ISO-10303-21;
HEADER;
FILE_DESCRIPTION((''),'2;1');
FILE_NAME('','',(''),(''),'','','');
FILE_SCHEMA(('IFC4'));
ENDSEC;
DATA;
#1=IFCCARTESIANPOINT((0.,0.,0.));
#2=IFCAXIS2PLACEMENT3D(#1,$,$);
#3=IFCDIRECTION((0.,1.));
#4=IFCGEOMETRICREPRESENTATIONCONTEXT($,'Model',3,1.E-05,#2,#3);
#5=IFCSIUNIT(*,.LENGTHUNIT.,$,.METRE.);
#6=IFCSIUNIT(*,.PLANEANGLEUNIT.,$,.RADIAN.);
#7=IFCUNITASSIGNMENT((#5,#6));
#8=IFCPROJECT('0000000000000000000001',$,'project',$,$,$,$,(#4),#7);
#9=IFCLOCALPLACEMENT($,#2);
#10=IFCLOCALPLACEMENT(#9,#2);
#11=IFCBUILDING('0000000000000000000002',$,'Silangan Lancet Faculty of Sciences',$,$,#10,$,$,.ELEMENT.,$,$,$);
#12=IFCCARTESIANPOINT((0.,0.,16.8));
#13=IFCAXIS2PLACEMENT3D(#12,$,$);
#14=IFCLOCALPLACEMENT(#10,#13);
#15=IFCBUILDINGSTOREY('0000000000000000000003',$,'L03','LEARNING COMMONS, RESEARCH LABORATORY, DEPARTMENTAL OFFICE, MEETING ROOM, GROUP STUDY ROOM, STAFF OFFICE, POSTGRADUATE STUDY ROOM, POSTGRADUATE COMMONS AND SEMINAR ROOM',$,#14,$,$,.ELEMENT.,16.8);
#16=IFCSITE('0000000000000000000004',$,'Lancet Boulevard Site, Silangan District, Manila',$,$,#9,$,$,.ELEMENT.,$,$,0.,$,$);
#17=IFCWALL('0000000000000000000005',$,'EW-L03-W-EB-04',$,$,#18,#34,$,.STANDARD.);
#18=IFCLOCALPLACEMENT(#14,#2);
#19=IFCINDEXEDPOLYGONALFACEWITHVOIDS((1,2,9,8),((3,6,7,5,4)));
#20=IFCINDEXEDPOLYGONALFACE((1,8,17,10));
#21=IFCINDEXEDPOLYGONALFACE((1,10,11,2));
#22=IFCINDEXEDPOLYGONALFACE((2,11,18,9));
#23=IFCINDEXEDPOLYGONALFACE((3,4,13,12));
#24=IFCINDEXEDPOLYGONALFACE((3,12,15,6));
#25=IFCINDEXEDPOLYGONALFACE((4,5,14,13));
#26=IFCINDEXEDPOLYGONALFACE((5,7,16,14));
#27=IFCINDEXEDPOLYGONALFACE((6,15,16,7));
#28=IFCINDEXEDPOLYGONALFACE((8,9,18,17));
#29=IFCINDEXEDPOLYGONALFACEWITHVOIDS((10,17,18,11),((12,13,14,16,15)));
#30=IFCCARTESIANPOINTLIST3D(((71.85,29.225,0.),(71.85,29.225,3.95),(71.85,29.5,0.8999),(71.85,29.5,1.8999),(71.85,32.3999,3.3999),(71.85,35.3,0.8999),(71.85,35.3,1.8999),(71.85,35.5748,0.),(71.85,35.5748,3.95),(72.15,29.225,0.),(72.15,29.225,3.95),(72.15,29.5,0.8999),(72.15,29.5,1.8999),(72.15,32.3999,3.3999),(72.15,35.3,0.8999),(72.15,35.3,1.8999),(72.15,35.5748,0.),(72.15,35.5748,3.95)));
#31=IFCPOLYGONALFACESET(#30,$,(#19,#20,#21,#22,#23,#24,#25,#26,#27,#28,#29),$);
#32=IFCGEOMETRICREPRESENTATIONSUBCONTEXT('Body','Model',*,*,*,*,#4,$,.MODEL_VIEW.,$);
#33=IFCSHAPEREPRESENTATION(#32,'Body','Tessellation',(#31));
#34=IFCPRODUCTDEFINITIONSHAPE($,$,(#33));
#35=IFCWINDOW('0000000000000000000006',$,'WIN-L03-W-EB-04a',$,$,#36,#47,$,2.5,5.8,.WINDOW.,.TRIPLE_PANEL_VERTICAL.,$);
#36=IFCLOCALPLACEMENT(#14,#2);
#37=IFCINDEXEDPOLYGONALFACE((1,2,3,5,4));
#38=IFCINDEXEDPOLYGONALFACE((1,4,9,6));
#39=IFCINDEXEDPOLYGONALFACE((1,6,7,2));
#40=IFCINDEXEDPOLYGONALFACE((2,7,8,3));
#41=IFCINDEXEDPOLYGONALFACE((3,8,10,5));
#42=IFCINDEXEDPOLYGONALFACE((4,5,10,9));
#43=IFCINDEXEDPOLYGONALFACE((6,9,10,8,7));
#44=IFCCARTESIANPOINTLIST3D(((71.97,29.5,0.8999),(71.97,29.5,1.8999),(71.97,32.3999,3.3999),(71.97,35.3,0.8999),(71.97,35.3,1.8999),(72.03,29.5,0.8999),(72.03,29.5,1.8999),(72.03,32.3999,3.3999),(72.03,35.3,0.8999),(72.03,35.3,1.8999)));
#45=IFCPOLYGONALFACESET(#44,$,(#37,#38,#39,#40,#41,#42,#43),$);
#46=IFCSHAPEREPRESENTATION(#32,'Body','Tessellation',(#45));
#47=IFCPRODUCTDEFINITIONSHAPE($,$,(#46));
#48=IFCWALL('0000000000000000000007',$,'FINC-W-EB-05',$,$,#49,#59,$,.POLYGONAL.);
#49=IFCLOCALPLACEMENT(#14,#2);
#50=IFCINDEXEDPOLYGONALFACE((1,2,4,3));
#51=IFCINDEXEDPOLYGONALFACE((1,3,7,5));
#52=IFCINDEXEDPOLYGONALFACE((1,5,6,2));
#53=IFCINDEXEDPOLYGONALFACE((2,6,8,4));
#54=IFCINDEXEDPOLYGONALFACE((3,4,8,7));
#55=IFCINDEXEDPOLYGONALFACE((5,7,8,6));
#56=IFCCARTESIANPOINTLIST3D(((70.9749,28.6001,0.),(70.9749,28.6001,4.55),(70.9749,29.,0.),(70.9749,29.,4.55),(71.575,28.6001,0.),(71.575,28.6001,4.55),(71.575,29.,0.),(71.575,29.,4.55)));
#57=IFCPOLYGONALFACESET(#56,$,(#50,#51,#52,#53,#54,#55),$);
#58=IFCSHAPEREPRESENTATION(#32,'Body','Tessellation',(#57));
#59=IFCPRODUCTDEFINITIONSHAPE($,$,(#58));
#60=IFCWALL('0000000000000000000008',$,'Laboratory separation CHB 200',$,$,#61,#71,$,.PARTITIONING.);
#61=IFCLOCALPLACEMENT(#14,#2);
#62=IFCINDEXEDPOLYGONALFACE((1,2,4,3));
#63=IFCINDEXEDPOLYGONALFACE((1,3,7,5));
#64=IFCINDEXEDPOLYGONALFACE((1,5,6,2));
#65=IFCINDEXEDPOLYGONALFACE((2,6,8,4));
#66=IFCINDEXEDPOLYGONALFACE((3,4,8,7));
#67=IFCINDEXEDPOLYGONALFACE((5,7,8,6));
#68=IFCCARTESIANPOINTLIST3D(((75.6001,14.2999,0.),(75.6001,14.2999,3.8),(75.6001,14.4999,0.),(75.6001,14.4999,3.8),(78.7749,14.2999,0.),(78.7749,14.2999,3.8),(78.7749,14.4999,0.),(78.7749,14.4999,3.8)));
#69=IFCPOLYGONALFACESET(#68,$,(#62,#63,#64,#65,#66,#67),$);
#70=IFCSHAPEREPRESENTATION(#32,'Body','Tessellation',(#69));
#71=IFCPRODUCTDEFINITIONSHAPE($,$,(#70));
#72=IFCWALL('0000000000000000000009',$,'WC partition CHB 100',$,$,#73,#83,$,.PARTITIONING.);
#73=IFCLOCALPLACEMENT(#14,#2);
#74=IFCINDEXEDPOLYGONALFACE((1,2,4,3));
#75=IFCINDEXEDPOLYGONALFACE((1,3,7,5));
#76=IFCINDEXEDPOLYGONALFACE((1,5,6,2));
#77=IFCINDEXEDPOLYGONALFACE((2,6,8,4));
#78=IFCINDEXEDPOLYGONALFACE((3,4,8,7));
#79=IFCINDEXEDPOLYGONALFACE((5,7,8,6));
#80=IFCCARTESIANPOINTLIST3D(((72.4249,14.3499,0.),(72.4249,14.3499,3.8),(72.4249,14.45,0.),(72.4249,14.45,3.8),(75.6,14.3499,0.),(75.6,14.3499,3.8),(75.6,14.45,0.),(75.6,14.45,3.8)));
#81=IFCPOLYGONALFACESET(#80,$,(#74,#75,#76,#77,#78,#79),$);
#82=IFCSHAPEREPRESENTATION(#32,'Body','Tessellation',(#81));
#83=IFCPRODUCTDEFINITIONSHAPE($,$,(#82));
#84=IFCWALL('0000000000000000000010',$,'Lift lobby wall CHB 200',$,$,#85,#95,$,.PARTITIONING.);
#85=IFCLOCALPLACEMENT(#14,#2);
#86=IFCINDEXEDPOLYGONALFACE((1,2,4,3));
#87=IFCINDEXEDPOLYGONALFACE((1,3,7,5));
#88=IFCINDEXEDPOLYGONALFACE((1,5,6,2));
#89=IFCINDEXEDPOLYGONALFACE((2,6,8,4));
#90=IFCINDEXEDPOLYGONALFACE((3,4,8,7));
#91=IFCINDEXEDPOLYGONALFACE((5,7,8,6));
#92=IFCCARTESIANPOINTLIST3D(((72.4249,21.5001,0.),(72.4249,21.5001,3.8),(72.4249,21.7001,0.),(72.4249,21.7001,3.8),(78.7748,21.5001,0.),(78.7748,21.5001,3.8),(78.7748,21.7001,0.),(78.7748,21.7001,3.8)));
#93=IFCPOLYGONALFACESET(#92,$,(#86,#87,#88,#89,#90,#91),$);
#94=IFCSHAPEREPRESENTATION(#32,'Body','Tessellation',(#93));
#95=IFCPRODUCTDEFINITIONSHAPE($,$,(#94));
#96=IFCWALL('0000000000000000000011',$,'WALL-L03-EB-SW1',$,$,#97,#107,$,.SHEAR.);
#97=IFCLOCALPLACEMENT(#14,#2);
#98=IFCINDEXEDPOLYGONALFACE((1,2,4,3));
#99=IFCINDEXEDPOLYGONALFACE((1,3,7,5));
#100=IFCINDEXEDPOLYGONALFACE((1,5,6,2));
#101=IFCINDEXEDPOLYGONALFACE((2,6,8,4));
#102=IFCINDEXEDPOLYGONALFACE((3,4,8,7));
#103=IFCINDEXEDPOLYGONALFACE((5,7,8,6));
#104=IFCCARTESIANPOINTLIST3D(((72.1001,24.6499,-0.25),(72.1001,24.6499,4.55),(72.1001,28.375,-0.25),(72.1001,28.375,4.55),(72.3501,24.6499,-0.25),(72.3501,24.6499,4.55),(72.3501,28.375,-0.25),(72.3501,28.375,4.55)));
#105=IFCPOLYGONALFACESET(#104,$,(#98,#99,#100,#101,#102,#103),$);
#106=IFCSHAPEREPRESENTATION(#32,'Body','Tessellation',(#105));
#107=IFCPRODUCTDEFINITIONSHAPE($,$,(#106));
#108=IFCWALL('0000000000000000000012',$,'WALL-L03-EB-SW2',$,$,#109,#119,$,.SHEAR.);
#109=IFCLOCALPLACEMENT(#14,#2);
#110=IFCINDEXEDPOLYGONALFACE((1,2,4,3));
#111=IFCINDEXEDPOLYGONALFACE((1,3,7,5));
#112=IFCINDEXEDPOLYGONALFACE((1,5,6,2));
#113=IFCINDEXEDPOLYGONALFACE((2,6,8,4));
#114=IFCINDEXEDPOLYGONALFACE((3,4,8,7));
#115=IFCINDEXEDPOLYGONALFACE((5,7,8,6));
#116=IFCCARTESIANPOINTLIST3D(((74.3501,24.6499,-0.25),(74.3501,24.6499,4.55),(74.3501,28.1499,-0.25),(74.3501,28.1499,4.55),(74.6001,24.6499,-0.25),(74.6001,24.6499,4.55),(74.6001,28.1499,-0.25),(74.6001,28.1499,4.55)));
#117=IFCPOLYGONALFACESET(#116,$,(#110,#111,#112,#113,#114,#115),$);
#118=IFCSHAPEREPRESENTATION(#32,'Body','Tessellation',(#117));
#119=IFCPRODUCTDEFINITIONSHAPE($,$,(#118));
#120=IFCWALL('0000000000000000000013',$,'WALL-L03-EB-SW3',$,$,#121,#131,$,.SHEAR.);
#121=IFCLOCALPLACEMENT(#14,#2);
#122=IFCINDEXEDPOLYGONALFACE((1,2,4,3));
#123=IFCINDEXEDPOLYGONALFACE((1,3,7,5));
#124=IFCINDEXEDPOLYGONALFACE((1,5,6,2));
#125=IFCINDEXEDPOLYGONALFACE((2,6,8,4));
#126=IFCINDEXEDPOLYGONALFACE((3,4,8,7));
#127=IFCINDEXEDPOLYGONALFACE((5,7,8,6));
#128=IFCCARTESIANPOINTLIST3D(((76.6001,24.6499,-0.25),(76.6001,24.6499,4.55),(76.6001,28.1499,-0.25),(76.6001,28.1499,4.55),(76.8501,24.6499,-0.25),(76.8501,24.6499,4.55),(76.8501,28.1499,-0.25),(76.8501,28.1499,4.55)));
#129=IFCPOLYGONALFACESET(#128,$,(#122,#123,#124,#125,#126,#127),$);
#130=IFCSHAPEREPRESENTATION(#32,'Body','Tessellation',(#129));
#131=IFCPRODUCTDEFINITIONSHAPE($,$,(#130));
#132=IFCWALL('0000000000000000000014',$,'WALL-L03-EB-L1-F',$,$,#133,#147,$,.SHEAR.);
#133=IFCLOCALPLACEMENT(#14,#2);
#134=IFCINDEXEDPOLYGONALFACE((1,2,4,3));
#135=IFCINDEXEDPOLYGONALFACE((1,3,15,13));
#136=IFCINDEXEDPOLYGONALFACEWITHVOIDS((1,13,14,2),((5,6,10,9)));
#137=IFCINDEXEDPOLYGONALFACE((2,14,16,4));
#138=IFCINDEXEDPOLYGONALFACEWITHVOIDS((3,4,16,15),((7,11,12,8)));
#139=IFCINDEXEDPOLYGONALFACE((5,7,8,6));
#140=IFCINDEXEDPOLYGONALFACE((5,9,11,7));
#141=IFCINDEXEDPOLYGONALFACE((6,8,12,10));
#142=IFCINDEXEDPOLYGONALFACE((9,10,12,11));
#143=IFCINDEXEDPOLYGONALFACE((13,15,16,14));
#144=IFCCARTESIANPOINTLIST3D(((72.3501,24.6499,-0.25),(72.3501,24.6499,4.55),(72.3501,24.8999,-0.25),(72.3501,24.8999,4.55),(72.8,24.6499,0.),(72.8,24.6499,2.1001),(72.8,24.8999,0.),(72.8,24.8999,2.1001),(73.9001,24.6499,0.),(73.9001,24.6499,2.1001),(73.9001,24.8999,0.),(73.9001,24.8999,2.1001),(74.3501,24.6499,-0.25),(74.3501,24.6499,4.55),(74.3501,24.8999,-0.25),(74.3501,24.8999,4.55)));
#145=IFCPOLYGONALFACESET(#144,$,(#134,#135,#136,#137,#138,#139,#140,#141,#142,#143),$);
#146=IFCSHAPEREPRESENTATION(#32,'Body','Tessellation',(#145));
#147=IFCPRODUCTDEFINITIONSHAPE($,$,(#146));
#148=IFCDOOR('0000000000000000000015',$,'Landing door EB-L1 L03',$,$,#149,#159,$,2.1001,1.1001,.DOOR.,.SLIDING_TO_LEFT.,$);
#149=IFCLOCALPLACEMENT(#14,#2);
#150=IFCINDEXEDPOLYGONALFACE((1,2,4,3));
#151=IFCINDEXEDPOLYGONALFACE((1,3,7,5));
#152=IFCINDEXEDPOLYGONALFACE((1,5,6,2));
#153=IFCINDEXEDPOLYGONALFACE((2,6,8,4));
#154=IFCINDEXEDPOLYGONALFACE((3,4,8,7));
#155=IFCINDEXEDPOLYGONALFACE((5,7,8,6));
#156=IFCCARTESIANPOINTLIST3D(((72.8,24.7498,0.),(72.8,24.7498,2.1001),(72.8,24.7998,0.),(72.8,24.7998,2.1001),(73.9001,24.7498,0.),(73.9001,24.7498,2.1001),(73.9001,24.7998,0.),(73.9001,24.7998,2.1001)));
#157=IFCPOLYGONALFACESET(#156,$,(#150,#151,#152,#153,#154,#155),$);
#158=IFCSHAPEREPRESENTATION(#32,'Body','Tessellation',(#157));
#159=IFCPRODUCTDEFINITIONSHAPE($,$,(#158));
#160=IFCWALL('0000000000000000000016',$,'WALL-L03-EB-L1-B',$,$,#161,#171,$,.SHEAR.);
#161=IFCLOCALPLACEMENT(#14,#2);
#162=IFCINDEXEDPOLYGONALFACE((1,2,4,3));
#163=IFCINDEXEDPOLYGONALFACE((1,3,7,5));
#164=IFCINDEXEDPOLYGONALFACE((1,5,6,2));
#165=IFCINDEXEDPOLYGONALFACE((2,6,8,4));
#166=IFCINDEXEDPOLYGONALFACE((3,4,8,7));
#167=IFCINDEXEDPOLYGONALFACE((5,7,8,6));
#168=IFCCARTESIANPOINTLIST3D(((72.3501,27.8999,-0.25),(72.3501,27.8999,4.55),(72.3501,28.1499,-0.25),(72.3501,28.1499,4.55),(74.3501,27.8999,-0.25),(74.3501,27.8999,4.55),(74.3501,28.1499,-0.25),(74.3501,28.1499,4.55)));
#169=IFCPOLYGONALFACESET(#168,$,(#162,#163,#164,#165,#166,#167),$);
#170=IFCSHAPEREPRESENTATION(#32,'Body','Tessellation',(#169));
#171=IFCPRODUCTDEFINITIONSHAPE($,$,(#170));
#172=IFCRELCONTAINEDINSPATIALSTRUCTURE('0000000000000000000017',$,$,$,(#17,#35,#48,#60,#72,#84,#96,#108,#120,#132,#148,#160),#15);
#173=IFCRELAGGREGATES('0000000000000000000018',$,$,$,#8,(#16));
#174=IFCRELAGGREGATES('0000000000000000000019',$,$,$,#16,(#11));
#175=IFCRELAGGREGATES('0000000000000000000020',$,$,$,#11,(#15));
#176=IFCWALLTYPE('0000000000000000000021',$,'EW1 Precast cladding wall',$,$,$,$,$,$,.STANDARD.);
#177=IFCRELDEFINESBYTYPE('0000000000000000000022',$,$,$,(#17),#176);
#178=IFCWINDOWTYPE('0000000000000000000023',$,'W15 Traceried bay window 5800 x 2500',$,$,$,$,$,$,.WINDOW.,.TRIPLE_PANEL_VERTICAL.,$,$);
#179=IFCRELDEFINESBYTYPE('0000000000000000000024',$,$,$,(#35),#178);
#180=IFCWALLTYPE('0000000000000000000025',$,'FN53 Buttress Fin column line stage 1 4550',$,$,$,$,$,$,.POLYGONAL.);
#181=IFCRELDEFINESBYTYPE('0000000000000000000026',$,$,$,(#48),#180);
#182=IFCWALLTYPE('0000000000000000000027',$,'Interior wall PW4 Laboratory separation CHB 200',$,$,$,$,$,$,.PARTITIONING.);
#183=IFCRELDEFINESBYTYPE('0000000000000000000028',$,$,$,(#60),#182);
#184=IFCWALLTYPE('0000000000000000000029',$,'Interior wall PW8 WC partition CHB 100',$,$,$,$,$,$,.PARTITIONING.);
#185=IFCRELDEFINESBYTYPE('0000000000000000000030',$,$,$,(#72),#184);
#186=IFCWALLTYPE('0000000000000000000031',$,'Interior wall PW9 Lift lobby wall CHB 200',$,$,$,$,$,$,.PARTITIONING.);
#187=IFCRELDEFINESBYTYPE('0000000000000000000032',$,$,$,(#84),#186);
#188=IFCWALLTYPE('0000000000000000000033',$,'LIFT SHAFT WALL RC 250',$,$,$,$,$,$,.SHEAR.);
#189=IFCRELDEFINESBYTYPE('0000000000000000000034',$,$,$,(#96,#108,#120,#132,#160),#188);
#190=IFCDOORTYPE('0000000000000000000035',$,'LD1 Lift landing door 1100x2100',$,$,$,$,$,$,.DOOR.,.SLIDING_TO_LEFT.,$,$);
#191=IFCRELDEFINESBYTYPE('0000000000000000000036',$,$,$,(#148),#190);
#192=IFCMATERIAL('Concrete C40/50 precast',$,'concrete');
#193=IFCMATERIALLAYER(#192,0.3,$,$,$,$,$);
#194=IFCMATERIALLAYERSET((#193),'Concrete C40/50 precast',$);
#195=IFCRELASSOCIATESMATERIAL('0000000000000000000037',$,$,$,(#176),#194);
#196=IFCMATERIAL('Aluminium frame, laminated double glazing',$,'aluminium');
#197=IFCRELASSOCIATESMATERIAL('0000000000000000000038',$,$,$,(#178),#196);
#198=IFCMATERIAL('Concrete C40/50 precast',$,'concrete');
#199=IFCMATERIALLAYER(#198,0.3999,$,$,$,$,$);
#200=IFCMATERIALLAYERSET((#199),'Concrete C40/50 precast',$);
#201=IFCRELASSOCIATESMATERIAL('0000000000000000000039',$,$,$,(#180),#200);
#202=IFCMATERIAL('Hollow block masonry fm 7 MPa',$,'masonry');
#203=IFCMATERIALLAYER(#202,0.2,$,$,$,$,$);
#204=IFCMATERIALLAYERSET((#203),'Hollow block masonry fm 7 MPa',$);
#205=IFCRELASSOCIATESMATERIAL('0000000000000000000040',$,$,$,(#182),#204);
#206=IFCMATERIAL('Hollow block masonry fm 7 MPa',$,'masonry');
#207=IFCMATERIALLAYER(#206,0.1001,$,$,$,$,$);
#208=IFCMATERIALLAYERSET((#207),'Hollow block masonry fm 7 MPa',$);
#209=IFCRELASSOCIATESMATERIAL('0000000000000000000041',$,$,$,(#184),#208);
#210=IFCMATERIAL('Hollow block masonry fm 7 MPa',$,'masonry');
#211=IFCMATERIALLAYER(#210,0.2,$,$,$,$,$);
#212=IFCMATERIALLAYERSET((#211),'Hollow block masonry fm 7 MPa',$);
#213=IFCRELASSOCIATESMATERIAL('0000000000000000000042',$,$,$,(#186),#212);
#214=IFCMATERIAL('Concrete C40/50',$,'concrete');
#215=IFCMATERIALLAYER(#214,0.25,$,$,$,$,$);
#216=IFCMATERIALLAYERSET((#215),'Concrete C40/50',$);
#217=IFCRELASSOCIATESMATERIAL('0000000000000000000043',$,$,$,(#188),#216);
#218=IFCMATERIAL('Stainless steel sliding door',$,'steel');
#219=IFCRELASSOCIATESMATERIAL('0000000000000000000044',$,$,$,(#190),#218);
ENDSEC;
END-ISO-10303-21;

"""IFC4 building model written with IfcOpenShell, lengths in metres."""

from ifc_helpers import new_model, si_unit, direction, frame, frame_2d, origin, place, context, subcontext, project, spatial, polyline, rectangle, outline, extrude, material, layer, layer_set, type_object, element, fill, save


model = new_model("IFC4")

# Units and contexts
model_context = context("Model", 3, precision=1e-05, world=origin(), true_north=direction((0.0, 1.0)))
body_context = subcontext(model_context, "Body", "Model", "MODEL_VIEW")
ifc_project = project(units=[si_unit("LENGTHUNIT", "METRE"), si_unit("PLANEANGLEUNIT", "RADIAN")], contexts=[model_context])

# Site, building, storey
site_placement = place(None, origin())
site = spatial("IfcSite", under=ifc_project, at=site_placement, Name="Lancet Boulevard Site, Silangan District, Manila", CompositionType="ELEMENT", RefElevation=0.0)
building_placement = place(site_placement, origin())
building = spatial("IfcBuilding", under=site, at=building_placement, Name="Silangan Lancet Faculty of Sciences", CompositionType="ELEMENT")
storey_placement = place(building_placement, frame((0.0, 0.0, 16.8)))
storey = spatial("IfcBuildingStorey", under=building, at=storey_placement, Name="L03", Description="LEARNING COMMONS, RESEARCH LABORATORY, DEPARTMENTAL OFFICE, MEETING ROOM, GROUP STUDY ROOM, STAFF OFFICE, POSTGRADUATE STUDY ROOM, POSTGRADUATE COMMONS AND SEMINAR ROOM", CompositionType="ELEMENT", Elevation=16.8)

# Shared definitions
ifc_material_1 = material(Name="Concrete C40/50 precast", Category="concrete")
ifc_layer_1 = layer(ifc_material_1, 0.3)
ifc_layer_set_1 = layer_set([ifc_layer_1], Name="Concrete C40/50 precast")
wall_type_1 = type_object("IfcWallType", Name="EW1 Precast cladding wall", PredefinedType="STANDARD", material=ifc_layer_set_1)
ifc_material_2 = material(Name="Aluminium frame, laminated double glazing", Category="aluminium")
window_type = type_object("IfcWindowType", Name="W15 Traceried bay window 5800 x 2500", PartitioningType="TRIPLE_PANEL_VERTICAL", PredefinedType="WINDOW", material=ifc_material_2)

# Wall, opening, window
wall_1_placement = place(storey_placement, frame((72.0, 29.2251, 0.0), z_axis=(0.0, 0.0, 1.0), x_axis=(0.0, 1.0, 0.0)))
wall_1 = element("IfcWall", 1, at=wall_1_placement, inside=storey, type_object=wall_type_1, Name="EW-L03-W-EB-04", PredefinedType="STANDARD", context=body_context, shape_type="SweptSolid", body=[
    extrude(rectangle(XDim=6.3499, YDim=0.3, at=frame_2d((3.1748, 0.0))), origin(), (0.0, 0.0, 1.0), 3.95),
])
opening_1_placement = place(wall_1_placement, frame((0.2749, 0.0, 0.8999)))
opening_1 = element("IfcOpeningElement", 2, at=opening_1_placement, cuts=wall_1, PredefinedType="OPENING", context=body_context, shape_type="SweptSolid", body=[
    extrude(outline(polyline([(0.0, 0.0), (5.8, 0.0), (5.8, 1.0), (2.8999, 2.5), (0.0, 1.0), (0.0, 0.0)])), frame((0.0, 0.1599, 0.0), z_axis=(0.0, -1.0, 0.0), x_axis=(1.0, 0.0, 0.0)), (0.0, 0.0, 1.0), 0.3201),
])
window_1_placement = place(opening_1_placement, origin())
window_1 = element("IfcWindow", 3, at=window_1_placement, inside=storey, type_object=window_type, Name="WIN-L03-W-EB-04a", OverallHeight=2.5, OverallWidth=5.8, PartitioningType="TRIPLE_PANEL_VERTICAL", PredefinedType="WINDOW", context=body_context, shape_type="SweptSolid", body=[
    extrude(outline(polyline([(0.0, 0.0), (5.8, 0.0), (5.8, 1.0), (2.8999, 2.5), (0.0, 1.0), (0.0, 0.0)])), frame((0.0, 0.03, 0.0), z_axis=(0.0, -1.0, 0.0), x_axis=(1.0, 0.0, 0.0)), (0.0, 0.0, 1.0), 0.0601),
])
fill(opening_1, window_1)

# Walls
ifc_material_3 = material(Name="Concrete C40/50 precast", Category="concrete")
ifc_layer_2 = layer(ifc_material_3, 0.3999)
ifc_layer_set_2 = layer_set([ifc_layer_2], Name="Concrete C40/50 precast")
wall_type_2 = type_object("IfcWallType", Name="FN53 Buttress Fin column line stage 1 4550", PredefinedType="POLYGONAL", material=ifc_layer_set_2)
wall_2_placement = place(storey_placement, frame((71.575, 28.8, 0.0), z_axis=(0.0, 0.0, 1.0), x_axis=(-1.0, 0.0, 0.0)))
element("IfcWall", 4, at=wall_2_placement, inside=storey, type_object=wall_type_2, Name="FINC-W-EB-05", PredefinedType="POLYGONAL", context=body_context, shape_type="SweptSolid", body=[
    extrude(outline(polyline([(0.6001, 0.0), (0.6001, 4.55), (0.0, 4.55), (0.0, 0.0), (0.6001, 0.0)])), frame((0.0, 0.2, 0.0), z_axis=(0.0, -1.0, 0.0), x_axis=(1.0, 0.0, 0.0)), (0.0, 0.0, 1.0), 0.3999),
])
ifc_material_4 = material(Name="Hollow block masonry fm 7 MPa", Category="masonry")
ifc_layer_3 = layer(ifc_material_4, 0.2)
ifc_layer_set_3 = layer_set([ifc_layer_3], Name="Hollow block masonry fm 7 MPa")
wall_type_3 = type_object("IfcWallType", Name="Interior wall PW4 Laboratory separation CHB 200", PredefinedType="PARTITIONING", material=ifc_layer_set_3)
wall_3_placement = place(storey_placement, frame((75.6001, 14.3999, 0.0), z_axis=(0.0, 0.0, 1.0), x_axis=(1.0, 0.0, 0.0)))
element("IfcWall", 5, at=wall_3_placement, inside=storey, type_object=wall_type_3, Name="Laboratory separation CHB 200", PredefinedType="PARTITIONING", context=body_context, shape_type="SweptSolid", body=[
    extrude(rectangle(XDim=3.1748, YDim=0.2, at=frame_2d((1.5874, 0.0))), origin(), (0.0, 0.0, 1.0), 3.8),
])
ifc_material_5 = material(Name="Hollow block masonry fm 7 MPa", Category="masonry")
ifc_layer_4 = layer(ifc_material_5, 0.1001)
ifc_layer_set_4 = layer_set([ifc_layer_4], Name="Hollow block masonry fm 7 MPa")
wall_type_4 = type_object("IfcWallType", Name="Interior wall PW8 WC partition CHB 100", PredefinedType="PARTITIONING", material=ifc_layer_set_4)
wall_4_placement = place(storey_placement, frame((72.425, 14.3999, 0.0), z_axis=(0.0, 0.0, 1.0), x_axis=(1.0, 0.0, 0.0)))
element("IfcWall", 6, at=wall_4_placement, inside=storey, type_object=wall_type_4, Name="WC partition CHB 100", PredefinedType="PARTITIONING", context=body_context, shape_type="SweptSolid", body=[
    extrude(rectangle(XDim=3.175, YDim=0.1001, at=frame_2d((1.5874, 0.0))), origin(), (0.0, 0.0, 1.0), 3.8),
])
ifc_material_6 = material(Name="Hollow block masonry fm 7 MPa", Category="masonry")
ifc_layer_5 = layer(ifc_material_6, 0.2)
ifc_layer_set_5 = layer_set([ifc_layer_5], Name="Hollow block masonry fm 7 MPa")
wall_type_5 = type_object("IfcWallType", Name="Interior wall PW9 Lift lobby wall CHB 200", PredefinedType="PARTITIONING", material=ifc_layer_set_5)
wall_5_placement = place(storey_placement, frame((72.425, 21.6001, 0.0), z_axis=(0.0, 0.0, 1.0), x_axis=(1.0, 0.0, 0.0)))
element("IfcWall", 7, at=wall_5_placement, inside=storey, type_object=wall_type_5, Name="Lift lobby wall CHB 200", PredefinedType="PARTITIONING", context=body_context, shape_type="SweptSolid", body=[
    extrude(rectangle(XDim=6.3499, YDim=0.2, at=frame_2d((3.1748, 0.0))), origin(), (0.0, 0.0, 1.0), 3.8),
])
ifc_material_7 = material(Name="Concrete C40/50", Category="concrete")
ifc_layer_6 = layer(ifc_material_7, 0.25)
ifc_layer_set_6 = layer_set([ifc_layer_6], Name="Concrete C40/50")
wall_type_6 = type_object("IfcWallType", Name="LIFT SHAFT WALL RC 250", PredefinedType="SHEAR", material=ifc_layer_set_6)
wall_6_placement = place(storey_placement, frame((72.2251, 24.6499, -0.25), z_axis=(0.0, 0.0, 1.0), x_axis=(0.0, 1.0, 0.0)))
element("IfcWall", 8, at=wall_6_placement, inside=storey, type_object=wall_type_6, Name="WALL-L03-EB-SW1", PredefinedType="SHEAR", context=body_context, shape_type="SweptSolid", body=[
    extrude(rectangle(XDim=3.7251, YDim=0.25, at=frame_2d((1.8625, 0.0))), origin(), (0.0, 0.0, 1.0), 4.8),
])
for number, where, z_axis, x_axis, name in (
    (9, (74.4751, 24.6499, -0.25), (0.0, 0.0, 1.0), (0.0, 1.0, 0.0), "WALL-L03-EB-SW2"),
    (10, (76.7251, 24.6499, -0.25), (0.0, 0.0, 1.0), (0.0, 1.0, 0.0), "WALL-L03-EB-SW3"),
):
    element("IfcWall", number, at=place(storey_placement, frame(where, z_axis=z_axis, x_axis=x_axis)), inside=storey, type_object=wall_type_6, Name=name, PredefinedType="SHEAR", context=body_context, shape_type="SweptSolid", body=[
        extrude(rectangle(XDim=3.5, YDim=0.25, at=frame_2d((1.75, 0.0))), origin(), (0.0, 0.0, 1.0), 4.8),
    ])

# Wall, opening, door
wall_7_placement = place(storey_placement, frame((72.3501, 24.7749, -0.25), z_axis=(0.0, 0.0, 1.0), x_axis=(1.0, 0.0, 0.0)))
wall_7 = element("IfcWall", 11, at=wall_7_placement, inside=storey, type_object=wall_type_6, Name="WALL-L03-EB-L1-F", PredefinedType="SHEAR", context=body_context, shape_type="SweptSolid", body=[
    extrude(rectangle(XDim=2.0, YDim=0.25, at=frame_2d((1.0, 0.0))), origin(), (0.0, 0.0, 1.0), 4.8),
])
opening_2_placement = place(wall_7_placement, frame((0.45, 0.0, 0.25)))
opening_2 = element("IfcOpeningElement", 12, at=opening_2_placement, cuts=wall_7, PredefinedType="OPENING", context=body_context, shape_type="SweptSolid", body=[
    extrude(rectangle(XDim=1.1001, YDim=2.1001, at=frame_2d((0.55, 1.05))), frame((0.0, 0.135, 0.0), z_axis=(0.0, -1.0, 0.0), x_axis=(1.0, 0.0, 0.0)), (0.0, 0.0, 1.0), 0.27),
])
ifc_material_8 = material(Name="Stainless steel sliding door", Category="steel")
door_type_1 = type_object("IfcDoorType", Name="LD1 Lift landing door 1100x2100", OperationType="SLIDING_TO_LEFT", PredefinedType="DOOR", material=ifc_material_8)
door_1_placement = place(opening_2_placement, origin())
door_1 = element("IfcDoor", 13, at=door_1_placement, inside=storey, type_object=door_type_1, Name="Landing door EB-L1 L03", OperationType="SLIDING_TO_LEFT", OverallHeight=2.1001, OverallWidth=1.1001, PredefinedType="DOOR", context=body_context, shape_type="SweptSolid", body=[
    extrude(rectangle(XDim=1.1001, YDim=2.1001, at=frame_2d((0.55, 1.05))), frame((0.0, 0.0249, 0.0), z_axis=(0.0, -1.0, 0.0), x_axis=(1.0, 0.0, 0.0)), (0.0, 0.0, 1.0), 0.05),
])
fill(opening_2, door_1)

# Wall
wall_8_placement = place(storey_placement, frame((72.3501, 28.0249, -0.25), z_axis=(0.0, 0.0, 1.0), x_axis=(1.0, 0.0, 0.0)))
element("IfcWall", 14, at=wall_8_placement, inside=storey, type_object=wall_type_6, Name="WALL-L03-EB-L1-B", PredefinedType="SHEAR", context=body_context, shape_type="SweptSolid", body=[
    extrude(rectangle(XDim=2.0, YDim=0.25, at=frame_2d((1.0, 0.0))), origin(), (0.0, 0.0, 1.0), 4.8),
])

save(model, "model.ifc")
